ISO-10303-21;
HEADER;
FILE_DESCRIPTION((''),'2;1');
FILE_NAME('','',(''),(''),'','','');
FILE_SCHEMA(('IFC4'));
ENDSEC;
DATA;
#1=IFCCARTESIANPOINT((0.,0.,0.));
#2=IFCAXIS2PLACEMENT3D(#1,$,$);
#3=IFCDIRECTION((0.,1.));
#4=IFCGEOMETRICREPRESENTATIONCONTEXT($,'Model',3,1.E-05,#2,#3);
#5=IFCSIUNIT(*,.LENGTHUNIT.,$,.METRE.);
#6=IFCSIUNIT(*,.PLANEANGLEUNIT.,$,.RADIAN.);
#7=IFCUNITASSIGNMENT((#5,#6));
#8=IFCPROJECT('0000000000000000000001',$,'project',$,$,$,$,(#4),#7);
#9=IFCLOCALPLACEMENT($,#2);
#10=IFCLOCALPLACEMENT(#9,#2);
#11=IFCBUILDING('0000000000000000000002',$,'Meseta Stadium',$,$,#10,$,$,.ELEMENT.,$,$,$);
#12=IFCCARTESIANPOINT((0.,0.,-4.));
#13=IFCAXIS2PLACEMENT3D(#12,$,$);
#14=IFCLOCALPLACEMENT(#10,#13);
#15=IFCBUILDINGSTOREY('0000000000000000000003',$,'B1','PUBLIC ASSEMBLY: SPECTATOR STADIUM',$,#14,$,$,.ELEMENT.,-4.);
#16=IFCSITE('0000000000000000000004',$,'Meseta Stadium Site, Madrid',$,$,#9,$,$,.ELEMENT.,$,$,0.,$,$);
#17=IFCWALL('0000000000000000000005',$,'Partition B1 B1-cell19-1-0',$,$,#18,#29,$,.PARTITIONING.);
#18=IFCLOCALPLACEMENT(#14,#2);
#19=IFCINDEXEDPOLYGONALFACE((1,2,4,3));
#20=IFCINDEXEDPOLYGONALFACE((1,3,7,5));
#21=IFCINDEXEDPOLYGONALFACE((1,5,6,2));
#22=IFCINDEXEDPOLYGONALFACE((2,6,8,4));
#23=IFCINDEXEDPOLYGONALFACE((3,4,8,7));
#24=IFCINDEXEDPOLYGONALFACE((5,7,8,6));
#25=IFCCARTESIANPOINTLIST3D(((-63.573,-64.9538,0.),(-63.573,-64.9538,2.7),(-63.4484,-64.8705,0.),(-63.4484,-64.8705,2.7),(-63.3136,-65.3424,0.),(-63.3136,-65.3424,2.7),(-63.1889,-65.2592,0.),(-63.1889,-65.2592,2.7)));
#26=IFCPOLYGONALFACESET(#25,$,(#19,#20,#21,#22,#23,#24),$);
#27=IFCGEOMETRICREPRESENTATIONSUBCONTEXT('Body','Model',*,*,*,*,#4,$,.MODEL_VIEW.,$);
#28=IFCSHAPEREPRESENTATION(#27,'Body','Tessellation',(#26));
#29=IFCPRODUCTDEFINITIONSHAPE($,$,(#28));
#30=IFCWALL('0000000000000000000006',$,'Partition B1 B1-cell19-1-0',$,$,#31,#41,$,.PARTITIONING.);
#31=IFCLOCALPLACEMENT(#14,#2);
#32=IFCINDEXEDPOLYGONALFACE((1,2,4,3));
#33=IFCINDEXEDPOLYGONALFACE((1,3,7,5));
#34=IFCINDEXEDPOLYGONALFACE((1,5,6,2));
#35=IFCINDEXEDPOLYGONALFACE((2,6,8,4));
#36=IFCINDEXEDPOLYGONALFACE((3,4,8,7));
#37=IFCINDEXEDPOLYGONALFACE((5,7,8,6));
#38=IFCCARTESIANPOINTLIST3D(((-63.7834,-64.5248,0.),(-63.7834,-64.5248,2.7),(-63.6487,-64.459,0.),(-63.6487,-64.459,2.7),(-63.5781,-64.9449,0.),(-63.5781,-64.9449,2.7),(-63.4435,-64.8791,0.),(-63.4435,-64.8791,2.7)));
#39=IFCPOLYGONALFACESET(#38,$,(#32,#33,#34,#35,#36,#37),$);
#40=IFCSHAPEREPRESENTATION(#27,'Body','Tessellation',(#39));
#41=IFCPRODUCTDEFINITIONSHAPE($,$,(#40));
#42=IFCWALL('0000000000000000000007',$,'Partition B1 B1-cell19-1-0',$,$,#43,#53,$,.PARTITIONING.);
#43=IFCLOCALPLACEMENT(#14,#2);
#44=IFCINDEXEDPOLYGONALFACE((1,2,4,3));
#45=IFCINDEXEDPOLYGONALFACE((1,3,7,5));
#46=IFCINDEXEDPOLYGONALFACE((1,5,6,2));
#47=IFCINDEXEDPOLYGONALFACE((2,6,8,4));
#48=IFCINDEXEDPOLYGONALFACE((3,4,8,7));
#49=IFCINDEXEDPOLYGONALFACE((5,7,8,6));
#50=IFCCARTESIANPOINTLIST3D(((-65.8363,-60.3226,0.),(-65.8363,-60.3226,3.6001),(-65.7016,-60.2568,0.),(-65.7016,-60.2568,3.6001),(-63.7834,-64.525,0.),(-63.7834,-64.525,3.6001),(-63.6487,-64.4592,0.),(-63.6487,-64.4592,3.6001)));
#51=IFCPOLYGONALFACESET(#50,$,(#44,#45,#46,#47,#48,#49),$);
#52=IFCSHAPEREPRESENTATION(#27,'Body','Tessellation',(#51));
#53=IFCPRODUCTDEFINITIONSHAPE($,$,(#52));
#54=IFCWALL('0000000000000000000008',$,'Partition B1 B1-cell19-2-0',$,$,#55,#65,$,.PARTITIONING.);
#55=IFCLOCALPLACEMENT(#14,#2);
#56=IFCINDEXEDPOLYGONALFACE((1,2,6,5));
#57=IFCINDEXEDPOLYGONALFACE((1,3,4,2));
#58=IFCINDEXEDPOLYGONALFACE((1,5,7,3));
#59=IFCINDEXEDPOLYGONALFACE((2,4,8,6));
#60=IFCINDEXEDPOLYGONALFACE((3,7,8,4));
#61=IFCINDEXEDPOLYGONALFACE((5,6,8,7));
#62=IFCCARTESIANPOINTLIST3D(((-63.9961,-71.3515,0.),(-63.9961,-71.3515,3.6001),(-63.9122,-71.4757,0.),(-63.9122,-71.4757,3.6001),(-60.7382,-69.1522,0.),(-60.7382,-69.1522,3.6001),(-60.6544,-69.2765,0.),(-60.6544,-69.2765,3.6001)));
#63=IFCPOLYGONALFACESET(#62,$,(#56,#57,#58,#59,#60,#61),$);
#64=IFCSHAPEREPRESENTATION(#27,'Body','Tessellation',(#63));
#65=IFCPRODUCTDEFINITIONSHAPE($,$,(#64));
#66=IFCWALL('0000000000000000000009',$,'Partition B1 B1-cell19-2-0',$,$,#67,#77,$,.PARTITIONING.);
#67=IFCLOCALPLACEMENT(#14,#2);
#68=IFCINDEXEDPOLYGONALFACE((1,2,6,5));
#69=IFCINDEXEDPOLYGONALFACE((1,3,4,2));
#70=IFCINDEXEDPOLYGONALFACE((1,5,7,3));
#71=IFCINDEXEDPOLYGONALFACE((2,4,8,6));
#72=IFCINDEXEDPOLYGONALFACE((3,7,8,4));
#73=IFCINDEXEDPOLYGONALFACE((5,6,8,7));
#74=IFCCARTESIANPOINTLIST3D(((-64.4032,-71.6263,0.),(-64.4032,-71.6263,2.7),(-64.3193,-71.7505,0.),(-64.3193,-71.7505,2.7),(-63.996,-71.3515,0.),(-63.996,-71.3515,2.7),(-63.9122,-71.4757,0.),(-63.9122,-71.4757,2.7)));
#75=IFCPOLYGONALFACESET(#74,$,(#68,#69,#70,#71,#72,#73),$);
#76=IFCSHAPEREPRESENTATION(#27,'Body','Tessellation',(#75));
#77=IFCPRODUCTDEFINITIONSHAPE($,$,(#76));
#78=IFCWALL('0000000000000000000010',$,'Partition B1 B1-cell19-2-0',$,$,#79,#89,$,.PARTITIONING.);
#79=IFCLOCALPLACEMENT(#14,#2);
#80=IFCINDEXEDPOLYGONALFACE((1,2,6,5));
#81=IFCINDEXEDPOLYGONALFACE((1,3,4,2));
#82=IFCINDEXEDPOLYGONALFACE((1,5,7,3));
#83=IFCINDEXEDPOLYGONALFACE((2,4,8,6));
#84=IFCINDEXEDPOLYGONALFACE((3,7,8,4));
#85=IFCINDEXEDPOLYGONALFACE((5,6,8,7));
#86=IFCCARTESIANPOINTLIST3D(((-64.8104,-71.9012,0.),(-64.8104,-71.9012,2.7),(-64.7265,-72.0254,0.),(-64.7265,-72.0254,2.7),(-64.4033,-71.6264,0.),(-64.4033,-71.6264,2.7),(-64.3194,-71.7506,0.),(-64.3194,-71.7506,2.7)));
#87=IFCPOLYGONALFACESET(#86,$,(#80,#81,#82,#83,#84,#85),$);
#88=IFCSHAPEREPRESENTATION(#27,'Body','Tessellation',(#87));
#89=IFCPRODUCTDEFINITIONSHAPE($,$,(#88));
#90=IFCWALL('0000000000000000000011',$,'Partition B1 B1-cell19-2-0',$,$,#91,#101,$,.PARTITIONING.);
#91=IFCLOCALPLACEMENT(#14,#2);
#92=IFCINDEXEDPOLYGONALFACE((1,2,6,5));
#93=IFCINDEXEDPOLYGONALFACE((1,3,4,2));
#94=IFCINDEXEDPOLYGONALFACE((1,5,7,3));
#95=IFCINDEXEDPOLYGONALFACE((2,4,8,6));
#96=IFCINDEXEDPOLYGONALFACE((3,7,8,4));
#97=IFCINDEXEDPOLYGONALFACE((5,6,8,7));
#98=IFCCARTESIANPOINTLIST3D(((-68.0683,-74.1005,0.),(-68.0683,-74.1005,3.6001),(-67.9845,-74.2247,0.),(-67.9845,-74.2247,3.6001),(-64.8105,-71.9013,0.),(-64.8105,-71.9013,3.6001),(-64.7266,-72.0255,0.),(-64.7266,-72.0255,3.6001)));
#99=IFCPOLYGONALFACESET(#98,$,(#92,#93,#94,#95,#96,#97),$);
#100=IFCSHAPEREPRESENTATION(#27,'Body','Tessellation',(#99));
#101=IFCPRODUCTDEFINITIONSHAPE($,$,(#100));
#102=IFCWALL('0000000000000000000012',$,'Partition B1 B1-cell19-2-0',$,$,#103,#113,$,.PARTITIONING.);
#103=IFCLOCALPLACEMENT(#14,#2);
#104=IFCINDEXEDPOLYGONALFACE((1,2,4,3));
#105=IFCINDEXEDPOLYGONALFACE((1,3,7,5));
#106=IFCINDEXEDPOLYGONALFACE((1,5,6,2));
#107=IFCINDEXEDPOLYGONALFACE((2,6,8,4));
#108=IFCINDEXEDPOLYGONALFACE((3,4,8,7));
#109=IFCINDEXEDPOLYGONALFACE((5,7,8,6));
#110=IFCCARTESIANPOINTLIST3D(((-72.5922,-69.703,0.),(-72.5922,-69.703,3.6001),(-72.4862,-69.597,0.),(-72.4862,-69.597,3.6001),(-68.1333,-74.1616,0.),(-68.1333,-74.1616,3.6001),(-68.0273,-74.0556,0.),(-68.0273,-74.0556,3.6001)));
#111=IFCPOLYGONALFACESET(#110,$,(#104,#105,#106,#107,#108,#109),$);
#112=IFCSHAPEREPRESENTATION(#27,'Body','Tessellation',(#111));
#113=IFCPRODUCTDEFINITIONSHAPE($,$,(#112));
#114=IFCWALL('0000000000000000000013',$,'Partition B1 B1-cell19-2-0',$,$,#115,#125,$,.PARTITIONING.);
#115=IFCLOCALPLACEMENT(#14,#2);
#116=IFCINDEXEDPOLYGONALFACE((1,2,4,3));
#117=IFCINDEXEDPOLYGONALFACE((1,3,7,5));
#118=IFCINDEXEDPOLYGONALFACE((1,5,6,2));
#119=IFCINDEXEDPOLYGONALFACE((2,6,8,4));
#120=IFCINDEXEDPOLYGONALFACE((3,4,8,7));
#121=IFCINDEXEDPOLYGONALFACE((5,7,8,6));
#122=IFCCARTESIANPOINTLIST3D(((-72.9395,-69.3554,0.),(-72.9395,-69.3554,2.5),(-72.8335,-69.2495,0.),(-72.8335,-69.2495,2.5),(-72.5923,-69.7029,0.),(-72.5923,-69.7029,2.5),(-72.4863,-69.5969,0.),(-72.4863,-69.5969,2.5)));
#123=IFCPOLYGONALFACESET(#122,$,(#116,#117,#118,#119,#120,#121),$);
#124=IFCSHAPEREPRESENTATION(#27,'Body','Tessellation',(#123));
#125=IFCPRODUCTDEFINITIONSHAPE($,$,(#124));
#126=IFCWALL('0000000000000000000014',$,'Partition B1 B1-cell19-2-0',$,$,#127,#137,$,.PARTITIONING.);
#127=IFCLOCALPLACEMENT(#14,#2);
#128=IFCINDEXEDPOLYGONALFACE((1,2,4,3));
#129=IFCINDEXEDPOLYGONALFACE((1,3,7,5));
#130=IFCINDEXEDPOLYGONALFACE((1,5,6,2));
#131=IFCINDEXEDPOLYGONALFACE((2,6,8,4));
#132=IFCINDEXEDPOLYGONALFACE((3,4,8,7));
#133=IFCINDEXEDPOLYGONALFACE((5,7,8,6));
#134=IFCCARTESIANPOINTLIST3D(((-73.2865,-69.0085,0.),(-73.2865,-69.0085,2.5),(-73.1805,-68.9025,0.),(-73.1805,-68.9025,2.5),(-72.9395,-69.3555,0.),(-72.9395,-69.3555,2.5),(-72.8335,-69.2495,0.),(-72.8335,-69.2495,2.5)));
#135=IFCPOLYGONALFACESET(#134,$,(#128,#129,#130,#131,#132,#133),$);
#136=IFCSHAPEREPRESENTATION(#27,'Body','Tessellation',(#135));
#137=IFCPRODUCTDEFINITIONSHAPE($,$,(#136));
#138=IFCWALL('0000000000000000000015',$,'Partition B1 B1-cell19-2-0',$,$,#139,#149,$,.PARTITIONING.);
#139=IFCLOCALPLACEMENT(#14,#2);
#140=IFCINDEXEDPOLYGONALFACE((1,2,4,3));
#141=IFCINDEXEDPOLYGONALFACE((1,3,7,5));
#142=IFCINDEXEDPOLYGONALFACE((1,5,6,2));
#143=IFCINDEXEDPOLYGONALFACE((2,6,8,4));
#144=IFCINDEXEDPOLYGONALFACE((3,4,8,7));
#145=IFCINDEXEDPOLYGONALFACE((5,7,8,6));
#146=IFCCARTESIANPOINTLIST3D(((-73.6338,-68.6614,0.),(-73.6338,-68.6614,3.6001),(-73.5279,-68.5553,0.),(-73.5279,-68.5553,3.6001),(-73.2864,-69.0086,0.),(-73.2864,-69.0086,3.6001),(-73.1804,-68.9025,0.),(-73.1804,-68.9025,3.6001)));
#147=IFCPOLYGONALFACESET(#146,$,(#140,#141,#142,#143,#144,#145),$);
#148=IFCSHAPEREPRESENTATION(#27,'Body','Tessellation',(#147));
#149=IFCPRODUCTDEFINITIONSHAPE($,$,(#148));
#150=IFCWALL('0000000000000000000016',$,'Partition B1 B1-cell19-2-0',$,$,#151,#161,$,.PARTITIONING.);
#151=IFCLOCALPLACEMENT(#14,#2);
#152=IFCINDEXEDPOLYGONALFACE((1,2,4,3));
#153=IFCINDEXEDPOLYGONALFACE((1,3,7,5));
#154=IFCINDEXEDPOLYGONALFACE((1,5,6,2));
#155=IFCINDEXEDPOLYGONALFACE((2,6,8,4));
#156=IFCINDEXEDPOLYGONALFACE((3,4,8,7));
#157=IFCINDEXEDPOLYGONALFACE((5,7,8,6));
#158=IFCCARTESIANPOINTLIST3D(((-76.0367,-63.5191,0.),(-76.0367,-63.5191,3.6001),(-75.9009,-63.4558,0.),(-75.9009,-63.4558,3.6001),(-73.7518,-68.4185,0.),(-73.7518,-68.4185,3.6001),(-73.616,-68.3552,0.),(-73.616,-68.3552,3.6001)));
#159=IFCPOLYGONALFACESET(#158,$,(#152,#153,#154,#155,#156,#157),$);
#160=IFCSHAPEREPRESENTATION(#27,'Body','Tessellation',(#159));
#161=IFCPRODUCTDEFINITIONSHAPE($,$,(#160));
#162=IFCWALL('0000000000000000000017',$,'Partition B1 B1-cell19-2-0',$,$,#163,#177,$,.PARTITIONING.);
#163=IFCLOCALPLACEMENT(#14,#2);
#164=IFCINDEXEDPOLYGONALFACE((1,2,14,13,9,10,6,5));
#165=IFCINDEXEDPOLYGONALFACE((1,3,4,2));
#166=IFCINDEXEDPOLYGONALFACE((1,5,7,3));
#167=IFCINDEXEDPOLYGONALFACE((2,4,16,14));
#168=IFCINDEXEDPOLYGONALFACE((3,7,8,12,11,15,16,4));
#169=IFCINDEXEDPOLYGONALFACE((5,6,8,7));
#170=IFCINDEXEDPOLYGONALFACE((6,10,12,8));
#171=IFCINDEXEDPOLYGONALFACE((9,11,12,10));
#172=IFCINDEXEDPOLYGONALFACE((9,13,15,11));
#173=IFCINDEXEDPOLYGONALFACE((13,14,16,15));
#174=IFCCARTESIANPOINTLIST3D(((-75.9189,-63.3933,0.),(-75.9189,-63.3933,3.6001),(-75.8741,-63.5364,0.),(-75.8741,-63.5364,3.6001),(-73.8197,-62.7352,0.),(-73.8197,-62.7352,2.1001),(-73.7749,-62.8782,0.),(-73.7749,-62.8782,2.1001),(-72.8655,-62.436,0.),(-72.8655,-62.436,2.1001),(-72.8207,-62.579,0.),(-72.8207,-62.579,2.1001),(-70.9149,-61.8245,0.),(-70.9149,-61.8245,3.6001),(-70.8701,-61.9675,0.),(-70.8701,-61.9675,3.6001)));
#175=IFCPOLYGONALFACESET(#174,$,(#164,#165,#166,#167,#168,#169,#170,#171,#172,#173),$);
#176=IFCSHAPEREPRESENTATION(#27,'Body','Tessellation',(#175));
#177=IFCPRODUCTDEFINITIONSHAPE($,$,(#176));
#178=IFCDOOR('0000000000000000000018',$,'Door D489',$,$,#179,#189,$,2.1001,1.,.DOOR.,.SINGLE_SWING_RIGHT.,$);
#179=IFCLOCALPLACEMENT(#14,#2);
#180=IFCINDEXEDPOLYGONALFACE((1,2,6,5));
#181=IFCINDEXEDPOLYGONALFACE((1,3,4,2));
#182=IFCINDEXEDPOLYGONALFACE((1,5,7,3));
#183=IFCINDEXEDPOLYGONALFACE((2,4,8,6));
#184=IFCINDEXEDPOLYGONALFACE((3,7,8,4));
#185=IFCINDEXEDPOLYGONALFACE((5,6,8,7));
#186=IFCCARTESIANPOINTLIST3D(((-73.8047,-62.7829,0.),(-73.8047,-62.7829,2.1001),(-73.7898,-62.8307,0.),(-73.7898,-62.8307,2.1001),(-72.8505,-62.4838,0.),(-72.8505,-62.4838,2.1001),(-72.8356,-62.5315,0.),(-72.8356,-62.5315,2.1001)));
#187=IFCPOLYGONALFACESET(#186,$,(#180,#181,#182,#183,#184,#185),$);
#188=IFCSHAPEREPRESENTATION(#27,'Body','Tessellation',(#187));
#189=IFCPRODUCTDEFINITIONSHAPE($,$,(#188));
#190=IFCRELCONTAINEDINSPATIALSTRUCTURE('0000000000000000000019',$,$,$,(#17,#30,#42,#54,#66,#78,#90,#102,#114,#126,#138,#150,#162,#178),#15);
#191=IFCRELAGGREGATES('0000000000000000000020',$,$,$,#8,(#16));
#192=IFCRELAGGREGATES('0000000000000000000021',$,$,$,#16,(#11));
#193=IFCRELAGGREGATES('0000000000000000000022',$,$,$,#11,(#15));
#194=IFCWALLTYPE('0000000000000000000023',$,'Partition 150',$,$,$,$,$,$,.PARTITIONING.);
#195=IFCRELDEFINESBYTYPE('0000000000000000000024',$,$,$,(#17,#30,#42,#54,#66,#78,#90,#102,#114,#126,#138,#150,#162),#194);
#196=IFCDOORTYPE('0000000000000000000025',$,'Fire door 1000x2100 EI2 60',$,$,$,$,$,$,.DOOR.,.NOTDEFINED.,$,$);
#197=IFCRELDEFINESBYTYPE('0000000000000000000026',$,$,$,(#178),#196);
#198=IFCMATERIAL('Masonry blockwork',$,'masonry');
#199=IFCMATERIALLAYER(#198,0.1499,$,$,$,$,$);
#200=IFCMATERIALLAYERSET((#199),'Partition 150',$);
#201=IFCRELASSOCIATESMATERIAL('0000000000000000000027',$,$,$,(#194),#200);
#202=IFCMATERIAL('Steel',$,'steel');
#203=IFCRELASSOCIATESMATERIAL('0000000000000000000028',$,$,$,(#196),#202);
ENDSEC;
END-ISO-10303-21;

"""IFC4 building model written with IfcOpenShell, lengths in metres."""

from ifc_helpers import new_model, si_unit, direction, frame, frame_2d, origin, place, context, subcontext, project, spatial, rectangle, extrude, material, layer, layer_set, type_object, element, fill, save


model = new_model("IFC4")

# Units and contexts
model_context = context("Model", 3, precision=1e-05, world=origin(), true_north=direction((0.0, 1.0)))
body_context = subcontext(model_context, "Body", "Model", "MODEL_VIEW")
ifc_project = project(units=[si_unit("LENGTHUNIT", "METRE"), si_unit("PLANEANGLEUNIT", "RADIAN")], contexts=[model_context])

# Site, building, storey
site_placement = place(None, origin())
site = spatial("IfcSite", under=ifc_project, at=site_placement, Name="Meseta Stadium Site, Madrid", CompositionType="ELEMENT", RefElevation=0.0)
building_placement = place(site_placement, origin())
building = spatial("IfcBuilding", under=site, at=building_placement, Name="Meseta Stadium", CompositionType="ELEMENT")
storey_placement = place(building_placement, frame((0.0, 0.0, -4.0)))
storey = spatial("IfcBuildingStorey", under=building, at=storey_placement, Name="B1", Description="PUBLIC ASSEMBLY: SPECTATOR STADIUM", CompositionType="ELEMENT", Elevation=-4.0)

# Walls
ifc_material_1 = material(Name="Masonry blockwork", Category="masonry")
ifc_layer = layer(ifc_material_1, 0.1499)
ifc_layer_set = layer_set([ifc_layer], Name="Partition 150")
wall_type = type_object("IfcWallType", Name="Partition 150", PredefinedType="PARTITIONING", material=ifc_layer_set)
wall_1_placement = place(storey_placement, frame((-63.2512, -65.3008, 0.0), z_axis=(0.0, 0.0, 1.0), x_axis=(-0.555303, 0.831648, 0.0)))
element("IfcWall", 1, at=wall_1_placement, inside=storey, type_object=wall_type, Name="Partition B1 B1-cell19-1-0", PredefinedType="PARTITIONING", context=body_context, shape_type="SweptSolid", body=[
    extrude(rectangle(XDim=0.4673, YDim=0.1499, at=frame_2d((0.2336, 0.0))), origin(), (0.0, 0.0, 1.0), 2.7),
])
wall_2_placement = place(storey_placement, frame((-63.5107, -64.9121, 0.0), z_axis=(0.0, 0.0, 1.0), x_axis=(-0.439051, 0.898462, 0.0)))
element("IfcWall", 2, at=wall_2_placement, inside=storey, type_object=wall_type, Name="Partition B1 B1-cell19-1-0", PredefinedType="PARTITIONING", context=body_context, shape_type="SweptSolid", body=[
    extrude(rectangle(XDim=0.4675, YDim=0.1499, at=frame_2d((0.2339, 0.0))), origin(), (0.0, 0.0, 1.0), 2.7),
])
wall_3_placement = place(storey_placement, frame((-63.7161, -64.4919, 0.0), z_axis=(0.0, 0.0, 1.0), x_axis=(-0.438947, 0.898513, 0.0)))
element("IfcWall", 3, at=wall_3_placement, inside=storey, type_object=wall_type, Name="Partition B1 B1-cell19-1-0", PredefinedType="PARTITIONING", context=body_context, shape_type="SweptSolid", body=[
    extrude(rectangle(XDim=4.677, YDim=0.1499, at=frame_2d((2.3384, 0.0))), origin(), (0.0, 0.0, 1.0), 3.6001),
])
wall_4_placement = place(storey_placement, frame((-60.6963, -69.2144, 0.0), z_axis=(0.0, 0.0, 1.0), x_axis=(-0.828826, -0.559507, 0.0)))
element("IfcWall", 4, at=wall_4_placement, inside=storey, type_object=wall_type, Name="Partition B1 B1-cell19-2-0", PredefinedType="PARTITIONING", context=body_context, shape_type="SweptSolid", body=[
    extrude(rectangle(XDim=3.9307, YDim=0.1499, at=frame_2d((1.9653, 0.0))), origin(), (0.0, 0.0, 1.0), 3.6001),
])
for number, where, z_axis, x_axis, name in (
    (5, (-63.9541, -71.4136, 0.0), (0.0, 0.0, 1.0), (-0.828826, -0.559507, 0.0), "Partition B1 B1-cell19-2-0"),
    (6, (-64.3613, -71.6885, 0.0), (0.0, 0.0, 1.0), (-0.828826, -0.559507, 0.0), "Partition B1 B1-cell19-2-0"),
):
    element("IfcWall", number, at=place(storey_placement, frame(where, z_axis=z_axis, x_axis=x_axis)), inside=storey, type_object=wall_type, Name=name, PredefinedType="PARTITIONING", context=body_context, shape_type="SweptSolid", body=[
        extrude(rectangle(XDim=0.4912, YDim=0.1499, at=frame_2d((0.2456, 0.0))), origin(), (0.0, 0.0, 1.0), 2.7),
    ])
wall_5_placement = place(storey_placement, frame((-64.7686, -71.9634, 0.0), z_axis=(0.0, 0.0, 1.0), x_axis=(-0.828826, -0.559507, 0.0)))
element("IfcWall", 7, at=wall_5_placement, inside=storey, type_object=wall_type, Name="Partition B1 B1-cell19-2-0", PredefinedType="PARTITIONING", context=body_context, shape_type="SweptSolid", body=[
    extrude(rectangle(XDim=3.9307, YDim=0.1499, at=frame_2d((1.9653, 0.0))), origin(), (0.0, 0.0, 1.0), 3.6001),
])
wall_6_placement = place(storey_placement, frame((-68.0803, -74.1086, 0.0), z_axis=(0.0, 0.0, 1.0), x_axis=(-0.707126, 0.707087, 0.0)))
element("IfcWall", 8, at=wall_6_placement, inside=storey, type_object=wall_type, Name="Partition B1 B1-cell19-2-0", PredefinedType="PARTITIONING", context=body_context, shape_type="SweptSolid", body=[
    extrude(rectangle(XDim=6.3057, YDim=0.1499, at=frame_2d((3.1528, 0.0))), origin(), (0.0, 0.0, 1.0), 3.6001),
])
wall_7_placement = place(storey_placement, frame((-72.5393, -69.6499, 0.0), z_axis=(0.0, 0.0, 1.0), x_axis=(-0.706858, 0.707355, 0.0)))
element("IfcWall", 9, at=wall_7_placement, inside=storey, type_object=wall_type, Name="Partition B1 B1-cell19-2-0", PredefinedType="PARTITIONING", context=body_context, shape_type="SweptSolid", body=[
    extrude(rectangle(XDim=0.4912, YDim=0.1499, at=frame_2d((0.2456, 0.0))), origin(), (0.0, 0.0, 1.0), 2.5),
])
wall_8_placement = place(storey_placement, frame((-72.8865, -69.3025, 0.0), z_axis=(0.0, 0.0, 1.0), x_axis=(-0.707107, 0.707107, 0.0)))
element("IfcWall", 10, at=wall_8_placement, inside=storey, type_object=wall_type, Name="Partition B1 B1-cell19-2-0", PredefinedType="PARTITIONING", context=body_context, shape_type="SweptSolid", body=[
    extrude(rectangle(XDim=0.4907, YDim=0.1499, at=frame_2d((0.2454, 0.0))), origin(), (0.0, 0.0, 1.0), 2.5),
])
wall_9_placement = place(storey_placement, frame((-73.2334, -68.9556, 0.0), z_axis=(0.0, 0.0, 1.0), x_axis=(-0.707355, 0.706858, 0.0)))
element("IfcWall", 11, at=wall_9_placement, inside=storey, type_object=wall_type, Name="Partition B1 B1-cell19-2-0", PredefinedType="PARTITIONING", context=body_context, shape_type="SweptSolid", body=[
    extrude(rectangle(XDim=0.4912, YDim=0.1499, at=frame_2d((0.2456, 0.0))), origin(), (0.0, 0.0, 1.0), 3.6001),
])
wall_10_placement = place(storey_placement, frame((-73.6838, -68.387, 0.0), z_axis=(0.0, 0.0, 1.0), x_axis=(-0.42266, 0.906288, 0.0)))
element("IfcWall", 12, at=wall_10_placement, inside=storey, type_object=wall_type, Name="Partition B1 B1-cell19-2-0", PredefinedType="PARTITIONING", context=body_context, shape_type="SweptSolid", body=[
    extrude(rectangle(XDim=5.406, YDim=0.1499, at=frame_2d((2.7031, 0.0))), origin(), (0.0, 0.0, 1.0), 3.6001),
])

# Wall, opening, door
wall_11_placement = place(storey_placement, frame((-75.8965, -63.4648, 0.0), z_axis=(0.0, 0.0, 1.0), x_axis=(0.954201, 0.299166, 0.0)))
wall_11 = element("IfcWall", 13, at=wall_11_placement, inside=storey, type_object=wall_type, Name="Partition B1 B1-cell19-2-0", PredefinedType="PARTITIONING", context=body_context, shape_type="SweptSolid", body=[
    extrude(rectangle(XDim=5.2441, YDim=0.1499, at=frame_2d((2.6221, 0.0))), origin(), (0.0, 0.0, 1.0), 3.6001),
])
opening_placement = place(wall_11_placement, frame((2.2, 0.0, 0.0)))
opening = element("IfcOpeningElement", 14, at=opening_placement, cuts=wall_11, PredefinedType="OPENING", context=body_context, shape_type="SweptSolid", body=[
    extrude(rectangle(XDim=1.0, YDim=2.1001, at=frame_2d((0.5, 1.05))), frame((0.0, 0.085, 0.0), z_axis=(0.0, -1.0, 0.0), x_axis=(1.0, 0.0, 0.0)), (0.0, 0.0, 1.0), 0.1699),
])
ifc_material_2 = material(Name="Steel", Category="steel")
door_type = type_object("IfcDoorType", Name="Fire door 1000x2100 EI2 60", OperationType="NOTDEFINED", PredefinedType="DOOR", material=ifc_material_2)
door_placement = place(opening_placement, origin())
door = element("IfcDoor", 15, at=door_placement, inside=storey, type_object=door_type, Name="Door D489", OperationType="SINGLE_SWING_RIGHT", OverallHeight=2.1001, OverallWidth=1.0, PredefinedType="DOOR", context=body_context, shape_type="SweptSolid", body=[
    extrude(rectangle(XDim=1.0, YDim=2.1001, at=frame_2d((0.5, 1.05))), frame((0.0, 0.0249, 0.0), z_axis=(0.0, -1.0, 0.0), x_axis=(1.0, 0.0, 0.0)), (0.0, 0.0, 1.0), 0.05),
])
fill(opening, door)

save(model, "model.ifc")
